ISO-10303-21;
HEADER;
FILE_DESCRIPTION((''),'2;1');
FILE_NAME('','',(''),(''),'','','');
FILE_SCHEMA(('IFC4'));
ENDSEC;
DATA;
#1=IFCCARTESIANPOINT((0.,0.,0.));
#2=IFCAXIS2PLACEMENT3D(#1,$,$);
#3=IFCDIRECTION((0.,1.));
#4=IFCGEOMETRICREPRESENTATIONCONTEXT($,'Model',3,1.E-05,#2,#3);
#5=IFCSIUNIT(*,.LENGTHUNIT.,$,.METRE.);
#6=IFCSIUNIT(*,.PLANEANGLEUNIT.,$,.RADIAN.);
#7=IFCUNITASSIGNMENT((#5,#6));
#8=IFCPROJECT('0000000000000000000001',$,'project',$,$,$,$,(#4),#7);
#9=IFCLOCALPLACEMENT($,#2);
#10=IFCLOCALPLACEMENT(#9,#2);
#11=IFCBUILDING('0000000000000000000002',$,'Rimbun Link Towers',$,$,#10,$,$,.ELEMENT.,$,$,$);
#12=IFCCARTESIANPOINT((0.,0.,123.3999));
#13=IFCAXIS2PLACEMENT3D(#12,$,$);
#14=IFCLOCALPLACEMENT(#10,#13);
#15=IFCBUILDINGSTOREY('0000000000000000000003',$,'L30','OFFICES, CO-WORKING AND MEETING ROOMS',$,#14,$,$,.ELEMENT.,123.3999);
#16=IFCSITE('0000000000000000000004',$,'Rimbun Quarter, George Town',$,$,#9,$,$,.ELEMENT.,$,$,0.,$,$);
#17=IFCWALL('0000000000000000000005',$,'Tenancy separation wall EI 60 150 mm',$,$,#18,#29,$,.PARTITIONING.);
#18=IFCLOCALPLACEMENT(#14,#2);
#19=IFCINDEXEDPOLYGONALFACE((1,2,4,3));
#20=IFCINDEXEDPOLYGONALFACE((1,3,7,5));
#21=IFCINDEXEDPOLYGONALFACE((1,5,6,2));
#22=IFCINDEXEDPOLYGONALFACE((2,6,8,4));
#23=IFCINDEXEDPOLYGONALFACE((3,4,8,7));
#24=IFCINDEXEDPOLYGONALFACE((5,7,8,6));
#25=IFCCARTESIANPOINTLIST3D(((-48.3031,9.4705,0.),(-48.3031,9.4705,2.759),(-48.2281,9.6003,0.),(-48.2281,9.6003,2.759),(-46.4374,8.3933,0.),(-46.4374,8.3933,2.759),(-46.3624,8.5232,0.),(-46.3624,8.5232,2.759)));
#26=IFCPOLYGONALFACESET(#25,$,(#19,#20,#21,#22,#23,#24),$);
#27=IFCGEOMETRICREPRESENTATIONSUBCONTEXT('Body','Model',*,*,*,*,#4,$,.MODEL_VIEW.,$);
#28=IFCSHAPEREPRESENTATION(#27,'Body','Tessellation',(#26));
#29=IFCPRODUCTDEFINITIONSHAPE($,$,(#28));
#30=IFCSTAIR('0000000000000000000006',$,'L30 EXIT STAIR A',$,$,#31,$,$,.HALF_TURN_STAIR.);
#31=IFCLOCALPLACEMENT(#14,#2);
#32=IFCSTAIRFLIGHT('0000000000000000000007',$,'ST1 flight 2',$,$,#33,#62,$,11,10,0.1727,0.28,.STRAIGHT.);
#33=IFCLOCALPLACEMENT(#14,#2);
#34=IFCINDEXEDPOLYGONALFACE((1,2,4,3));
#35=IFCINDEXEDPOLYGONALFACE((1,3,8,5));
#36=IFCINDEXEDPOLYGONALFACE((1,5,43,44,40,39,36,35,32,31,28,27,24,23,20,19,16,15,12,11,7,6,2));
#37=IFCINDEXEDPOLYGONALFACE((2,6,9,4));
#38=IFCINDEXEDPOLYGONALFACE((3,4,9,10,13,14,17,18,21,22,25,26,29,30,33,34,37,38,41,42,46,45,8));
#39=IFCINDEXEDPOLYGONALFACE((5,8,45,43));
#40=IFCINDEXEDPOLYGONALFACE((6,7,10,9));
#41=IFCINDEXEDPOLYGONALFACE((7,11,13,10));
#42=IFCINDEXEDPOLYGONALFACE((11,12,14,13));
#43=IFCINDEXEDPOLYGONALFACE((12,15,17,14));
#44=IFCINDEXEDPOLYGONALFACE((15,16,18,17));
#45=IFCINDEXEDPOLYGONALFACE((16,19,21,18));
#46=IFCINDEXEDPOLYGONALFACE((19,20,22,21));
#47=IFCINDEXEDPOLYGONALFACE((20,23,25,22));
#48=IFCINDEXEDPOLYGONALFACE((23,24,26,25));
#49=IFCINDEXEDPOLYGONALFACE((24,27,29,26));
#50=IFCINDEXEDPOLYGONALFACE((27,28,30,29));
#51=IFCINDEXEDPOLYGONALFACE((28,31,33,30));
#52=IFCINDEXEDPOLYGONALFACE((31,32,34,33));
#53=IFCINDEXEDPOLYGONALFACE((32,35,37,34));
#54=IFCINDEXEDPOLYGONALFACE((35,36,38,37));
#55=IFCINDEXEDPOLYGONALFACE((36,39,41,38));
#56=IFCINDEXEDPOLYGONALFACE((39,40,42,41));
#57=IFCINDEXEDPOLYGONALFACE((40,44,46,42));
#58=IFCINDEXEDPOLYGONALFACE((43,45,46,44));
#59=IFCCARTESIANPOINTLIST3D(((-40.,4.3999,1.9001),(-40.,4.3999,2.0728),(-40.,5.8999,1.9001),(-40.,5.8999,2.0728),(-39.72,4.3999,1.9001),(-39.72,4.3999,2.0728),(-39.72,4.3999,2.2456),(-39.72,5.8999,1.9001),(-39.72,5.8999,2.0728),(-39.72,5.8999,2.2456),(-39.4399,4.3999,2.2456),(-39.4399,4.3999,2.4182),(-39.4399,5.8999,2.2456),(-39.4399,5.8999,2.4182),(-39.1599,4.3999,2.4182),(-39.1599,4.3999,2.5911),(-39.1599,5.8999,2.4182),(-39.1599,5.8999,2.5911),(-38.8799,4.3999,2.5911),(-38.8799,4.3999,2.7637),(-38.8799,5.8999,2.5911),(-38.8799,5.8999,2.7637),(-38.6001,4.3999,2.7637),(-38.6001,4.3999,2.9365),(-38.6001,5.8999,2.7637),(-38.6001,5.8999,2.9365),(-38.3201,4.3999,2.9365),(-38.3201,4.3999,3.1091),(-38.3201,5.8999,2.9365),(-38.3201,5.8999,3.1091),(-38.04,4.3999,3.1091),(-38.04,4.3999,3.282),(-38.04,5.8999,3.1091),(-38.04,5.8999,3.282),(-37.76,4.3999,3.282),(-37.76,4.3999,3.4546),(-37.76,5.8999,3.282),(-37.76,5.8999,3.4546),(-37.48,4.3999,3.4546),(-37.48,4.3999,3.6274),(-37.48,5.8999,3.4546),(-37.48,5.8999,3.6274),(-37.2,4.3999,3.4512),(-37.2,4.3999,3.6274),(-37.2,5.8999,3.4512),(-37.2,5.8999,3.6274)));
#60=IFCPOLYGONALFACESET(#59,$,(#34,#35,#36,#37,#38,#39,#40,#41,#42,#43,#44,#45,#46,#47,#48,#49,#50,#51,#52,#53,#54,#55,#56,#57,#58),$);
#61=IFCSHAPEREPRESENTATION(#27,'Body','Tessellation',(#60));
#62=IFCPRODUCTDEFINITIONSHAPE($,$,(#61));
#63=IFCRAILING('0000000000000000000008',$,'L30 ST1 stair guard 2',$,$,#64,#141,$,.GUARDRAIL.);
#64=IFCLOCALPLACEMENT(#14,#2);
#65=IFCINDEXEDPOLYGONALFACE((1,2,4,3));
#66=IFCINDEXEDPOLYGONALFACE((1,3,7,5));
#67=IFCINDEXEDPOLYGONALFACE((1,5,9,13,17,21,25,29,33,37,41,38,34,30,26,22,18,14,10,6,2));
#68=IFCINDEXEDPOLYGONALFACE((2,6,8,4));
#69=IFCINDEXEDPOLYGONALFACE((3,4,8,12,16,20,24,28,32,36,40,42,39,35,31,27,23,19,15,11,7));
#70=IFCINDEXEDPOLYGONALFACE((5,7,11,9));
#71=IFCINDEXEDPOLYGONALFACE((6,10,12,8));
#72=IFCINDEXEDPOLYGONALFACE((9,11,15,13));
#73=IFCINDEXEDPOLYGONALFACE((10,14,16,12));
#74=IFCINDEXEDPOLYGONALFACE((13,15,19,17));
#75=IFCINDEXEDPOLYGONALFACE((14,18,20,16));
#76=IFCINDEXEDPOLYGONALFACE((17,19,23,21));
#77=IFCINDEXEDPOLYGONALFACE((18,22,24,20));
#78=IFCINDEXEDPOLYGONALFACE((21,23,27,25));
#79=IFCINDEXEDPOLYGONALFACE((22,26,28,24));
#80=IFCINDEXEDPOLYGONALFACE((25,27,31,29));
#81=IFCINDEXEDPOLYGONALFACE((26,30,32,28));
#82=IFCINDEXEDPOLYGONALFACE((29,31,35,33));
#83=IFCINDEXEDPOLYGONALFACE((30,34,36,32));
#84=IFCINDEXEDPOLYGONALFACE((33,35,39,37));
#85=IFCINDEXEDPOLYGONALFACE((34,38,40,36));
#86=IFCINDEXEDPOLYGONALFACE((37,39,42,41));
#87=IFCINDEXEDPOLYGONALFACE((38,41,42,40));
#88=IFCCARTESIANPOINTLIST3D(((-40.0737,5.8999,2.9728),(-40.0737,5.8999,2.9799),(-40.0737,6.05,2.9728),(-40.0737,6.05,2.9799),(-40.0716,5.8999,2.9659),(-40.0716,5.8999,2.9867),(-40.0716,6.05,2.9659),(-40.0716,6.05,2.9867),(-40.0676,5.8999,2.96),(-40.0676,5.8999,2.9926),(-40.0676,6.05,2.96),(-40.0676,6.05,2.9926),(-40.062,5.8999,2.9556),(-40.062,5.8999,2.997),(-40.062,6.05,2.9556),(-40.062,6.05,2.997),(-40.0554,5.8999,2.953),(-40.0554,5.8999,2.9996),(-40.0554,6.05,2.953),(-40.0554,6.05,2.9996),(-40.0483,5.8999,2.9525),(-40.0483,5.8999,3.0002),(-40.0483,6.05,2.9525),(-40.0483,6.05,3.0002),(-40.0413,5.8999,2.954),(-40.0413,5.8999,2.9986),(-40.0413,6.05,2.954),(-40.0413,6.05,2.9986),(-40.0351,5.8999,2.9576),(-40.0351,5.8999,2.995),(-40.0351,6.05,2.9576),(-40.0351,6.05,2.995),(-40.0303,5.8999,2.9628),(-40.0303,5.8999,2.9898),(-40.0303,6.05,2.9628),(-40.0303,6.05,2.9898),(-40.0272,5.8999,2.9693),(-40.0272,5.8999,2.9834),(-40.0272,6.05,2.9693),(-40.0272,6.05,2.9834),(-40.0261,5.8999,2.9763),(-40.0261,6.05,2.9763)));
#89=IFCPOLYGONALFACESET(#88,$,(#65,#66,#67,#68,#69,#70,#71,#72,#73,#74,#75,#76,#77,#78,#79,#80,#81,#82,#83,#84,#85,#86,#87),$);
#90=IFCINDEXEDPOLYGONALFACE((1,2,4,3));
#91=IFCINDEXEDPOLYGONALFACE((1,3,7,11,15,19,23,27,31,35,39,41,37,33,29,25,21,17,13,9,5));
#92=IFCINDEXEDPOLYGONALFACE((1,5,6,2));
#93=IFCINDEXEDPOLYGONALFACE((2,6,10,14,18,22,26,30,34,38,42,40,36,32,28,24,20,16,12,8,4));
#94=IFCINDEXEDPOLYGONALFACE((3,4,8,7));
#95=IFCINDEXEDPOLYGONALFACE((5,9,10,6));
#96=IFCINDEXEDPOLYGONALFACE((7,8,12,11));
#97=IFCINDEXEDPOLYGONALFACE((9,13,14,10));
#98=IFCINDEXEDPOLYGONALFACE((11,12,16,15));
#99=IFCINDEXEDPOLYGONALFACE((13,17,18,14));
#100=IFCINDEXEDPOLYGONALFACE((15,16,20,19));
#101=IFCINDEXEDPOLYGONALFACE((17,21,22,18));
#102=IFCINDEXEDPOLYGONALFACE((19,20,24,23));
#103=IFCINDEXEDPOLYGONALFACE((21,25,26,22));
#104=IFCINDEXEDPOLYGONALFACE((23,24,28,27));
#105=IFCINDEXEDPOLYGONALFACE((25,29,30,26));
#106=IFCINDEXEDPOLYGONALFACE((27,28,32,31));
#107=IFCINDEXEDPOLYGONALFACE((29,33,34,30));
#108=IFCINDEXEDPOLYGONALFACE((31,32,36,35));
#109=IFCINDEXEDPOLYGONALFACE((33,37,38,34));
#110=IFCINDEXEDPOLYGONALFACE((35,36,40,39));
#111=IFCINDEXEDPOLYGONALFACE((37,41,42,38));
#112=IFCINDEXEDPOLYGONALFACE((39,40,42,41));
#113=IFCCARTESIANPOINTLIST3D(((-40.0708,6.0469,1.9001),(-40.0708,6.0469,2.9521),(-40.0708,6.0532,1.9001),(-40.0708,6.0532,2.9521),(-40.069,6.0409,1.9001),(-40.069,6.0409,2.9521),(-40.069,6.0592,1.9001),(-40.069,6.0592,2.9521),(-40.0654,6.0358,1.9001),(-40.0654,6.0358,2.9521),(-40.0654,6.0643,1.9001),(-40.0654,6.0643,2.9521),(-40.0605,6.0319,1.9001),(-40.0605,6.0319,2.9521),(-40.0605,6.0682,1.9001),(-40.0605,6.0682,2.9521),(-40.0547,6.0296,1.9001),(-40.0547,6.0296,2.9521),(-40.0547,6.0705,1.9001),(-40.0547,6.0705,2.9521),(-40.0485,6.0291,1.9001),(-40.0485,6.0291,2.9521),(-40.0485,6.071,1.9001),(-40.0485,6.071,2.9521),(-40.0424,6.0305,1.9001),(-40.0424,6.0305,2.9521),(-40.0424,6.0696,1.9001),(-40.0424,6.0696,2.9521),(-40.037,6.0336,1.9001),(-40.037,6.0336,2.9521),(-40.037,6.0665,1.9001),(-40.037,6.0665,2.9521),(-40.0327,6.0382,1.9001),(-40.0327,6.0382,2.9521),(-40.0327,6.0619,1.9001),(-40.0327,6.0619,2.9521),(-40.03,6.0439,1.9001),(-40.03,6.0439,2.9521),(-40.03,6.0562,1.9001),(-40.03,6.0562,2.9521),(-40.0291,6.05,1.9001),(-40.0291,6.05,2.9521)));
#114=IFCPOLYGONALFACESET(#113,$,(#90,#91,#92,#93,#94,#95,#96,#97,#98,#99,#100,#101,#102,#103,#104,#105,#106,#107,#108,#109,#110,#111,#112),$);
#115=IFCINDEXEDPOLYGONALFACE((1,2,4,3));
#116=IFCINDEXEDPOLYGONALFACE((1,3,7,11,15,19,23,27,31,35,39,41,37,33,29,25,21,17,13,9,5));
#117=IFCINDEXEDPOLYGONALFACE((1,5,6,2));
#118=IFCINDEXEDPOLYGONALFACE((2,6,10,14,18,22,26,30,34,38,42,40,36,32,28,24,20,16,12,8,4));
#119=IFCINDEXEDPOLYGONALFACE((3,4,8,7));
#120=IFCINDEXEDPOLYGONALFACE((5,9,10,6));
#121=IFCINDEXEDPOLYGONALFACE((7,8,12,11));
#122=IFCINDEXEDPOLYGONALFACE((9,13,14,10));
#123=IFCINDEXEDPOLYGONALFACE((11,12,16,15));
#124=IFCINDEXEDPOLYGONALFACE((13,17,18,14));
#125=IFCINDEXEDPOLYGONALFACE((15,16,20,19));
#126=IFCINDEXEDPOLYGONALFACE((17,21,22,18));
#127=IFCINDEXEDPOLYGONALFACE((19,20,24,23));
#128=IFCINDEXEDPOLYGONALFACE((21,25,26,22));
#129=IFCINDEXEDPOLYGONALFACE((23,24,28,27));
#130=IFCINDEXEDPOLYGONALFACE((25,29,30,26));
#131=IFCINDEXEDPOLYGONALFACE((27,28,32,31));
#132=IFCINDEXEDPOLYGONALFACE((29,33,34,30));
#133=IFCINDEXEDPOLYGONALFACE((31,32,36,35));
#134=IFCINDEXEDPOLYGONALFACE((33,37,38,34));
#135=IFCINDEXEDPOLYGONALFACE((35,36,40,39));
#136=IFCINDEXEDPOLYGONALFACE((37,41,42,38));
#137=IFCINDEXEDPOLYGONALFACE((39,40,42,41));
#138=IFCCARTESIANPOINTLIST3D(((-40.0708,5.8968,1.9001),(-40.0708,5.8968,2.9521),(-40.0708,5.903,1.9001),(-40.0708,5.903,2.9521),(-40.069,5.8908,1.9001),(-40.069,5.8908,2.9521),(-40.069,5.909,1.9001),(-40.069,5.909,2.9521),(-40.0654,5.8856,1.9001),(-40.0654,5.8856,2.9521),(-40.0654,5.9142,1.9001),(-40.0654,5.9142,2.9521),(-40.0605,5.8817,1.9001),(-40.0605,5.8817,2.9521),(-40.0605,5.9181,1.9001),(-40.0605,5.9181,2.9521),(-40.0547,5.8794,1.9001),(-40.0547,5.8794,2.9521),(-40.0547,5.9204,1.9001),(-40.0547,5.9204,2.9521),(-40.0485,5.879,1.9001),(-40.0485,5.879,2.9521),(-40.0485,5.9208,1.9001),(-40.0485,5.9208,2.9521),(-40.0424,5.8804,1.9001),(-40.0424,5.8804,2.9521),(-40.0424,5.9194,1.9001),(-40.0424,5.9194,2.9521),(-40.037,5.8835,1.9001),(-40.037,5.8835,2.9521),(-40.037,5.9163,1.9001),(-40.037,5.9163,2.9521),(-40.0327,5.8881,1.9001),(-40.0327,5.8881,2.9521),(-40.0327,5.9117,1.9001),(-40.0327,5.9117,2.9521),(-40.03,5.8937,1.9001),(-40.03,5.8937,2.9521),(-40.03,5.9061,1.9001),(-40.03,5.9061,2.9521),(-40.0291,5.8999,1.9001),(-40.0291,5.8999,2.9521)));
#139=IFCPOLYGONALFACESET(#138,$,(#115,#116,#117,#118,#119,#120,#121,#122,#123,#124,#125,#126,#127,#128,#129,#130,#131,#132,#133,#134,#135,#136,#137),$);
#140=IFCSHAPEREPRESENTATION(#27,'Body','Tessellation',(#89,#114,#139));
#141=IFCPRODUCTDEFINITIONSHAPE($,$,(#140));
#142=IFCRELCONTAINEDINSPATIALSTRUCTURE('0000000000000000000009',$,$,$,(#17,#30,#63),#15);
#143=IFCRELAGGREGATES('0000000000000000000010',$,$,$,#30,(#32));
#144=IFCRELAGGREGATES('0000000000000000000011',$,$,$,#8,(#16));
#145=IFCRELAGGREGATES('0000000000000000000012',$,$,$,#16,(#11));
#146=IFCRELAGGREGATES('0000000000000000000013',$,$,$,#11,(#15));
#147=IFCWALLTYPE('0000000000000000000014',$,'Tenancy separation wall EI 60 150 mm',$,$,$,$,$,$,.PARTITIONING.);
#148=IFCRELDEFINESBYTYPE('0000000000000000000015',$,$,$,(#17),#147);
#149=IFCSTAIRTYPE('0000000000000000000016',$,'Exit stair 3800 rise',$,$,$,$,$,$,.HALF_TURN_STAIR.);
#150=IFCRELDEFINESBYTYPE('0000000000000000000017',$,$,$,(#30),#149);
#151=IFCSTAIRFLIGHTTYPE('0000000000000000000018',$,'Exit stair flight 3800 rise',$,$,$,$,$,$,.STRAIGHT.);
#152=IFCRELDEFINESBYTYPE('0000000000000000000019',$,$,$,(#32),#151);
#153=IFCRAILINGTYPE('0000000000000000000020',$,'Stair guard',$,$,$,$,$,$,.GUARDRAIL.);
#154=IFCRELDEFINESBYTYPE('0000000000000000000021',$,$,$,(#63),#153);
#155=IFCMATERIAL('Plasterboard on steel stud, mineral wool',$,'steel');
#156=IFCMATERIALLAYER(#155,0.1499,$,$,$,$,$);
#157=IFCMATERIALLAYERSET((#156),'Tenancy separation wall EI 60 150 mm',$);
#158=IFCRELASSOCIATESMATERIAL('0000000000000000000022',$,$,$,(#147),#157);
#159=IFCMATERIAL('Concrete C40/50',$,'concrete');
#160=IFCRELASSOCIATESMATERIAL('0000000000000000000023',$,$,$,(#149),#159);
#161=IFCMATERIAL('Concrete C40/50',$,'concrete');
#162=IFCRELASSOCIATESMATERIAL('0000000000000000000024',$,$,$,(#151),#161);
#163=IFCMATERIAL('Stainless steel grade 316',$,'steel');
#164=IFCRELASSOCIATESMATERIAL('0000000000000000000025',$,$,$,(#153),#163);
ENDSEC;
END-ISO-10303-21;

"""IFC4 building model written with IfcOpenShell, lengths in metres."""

from ifc_helpers import new_model, si_unit, direction, frame, frame_2d, origin, origin_2d, place, context, subcontext, project, spatial, polyline, rectangle, circle, outline, extrude, material, layer, layer_set, type_object, element, aggregate, save


model = new_model("IFC4")

# Units and contexts
model_context = context("Model", 3, precision=1e-05, world=origin(), true_north=direction((0.0, 1.0)))
body_context = subcontext(model_context, "Body", "Model", "MODEL_VIEW")
ifc_project = project(units=[si_unit("LENGTHUNIT", "METRE"), si_unit("PLANEANGLEUNIT", "RADIAN")], contexts=[model_context])

# Site, building, storey
site_placement = place(None, origin())
site = spatial("IfcSite", under=ifc_project, at=site_placement, Name="Rimbun Quarter, George Town", CompositionType="ELEMENT", RefElevation=0.0)
building_placement = place(site_placement, origin())
building = spatial("IfcBuilding", under=site, at=building_placement, Name="Rimbun Link Towers", CompositionType="ELEMENT")
storey_placement = place(building_placement, frame((0.0, 0.0, 123.3999)))
storey = spatial("IfcBuildingStorey", under=building, at=storey_placement, Name="L30", Description="OFFICES, CO-WORKING AND MEETING ROOMS", CompositionType="ELEMENT", Elevation=123.3999)

# Wall
ifc_material_1 = material(Name="Plasterboard on steel stud, mineral wool", Category="steel")
ifc_layer_1 = layer(ifc_material_1, 0.1499)
ifc_layer_set_1 = layer_set([ifc_layer_1], Name="Tenancy separation wall EI 60 150 mm")
wall_type_1 = type_object("IfcWallType", Name="Tenancy separation wall EI 60 150 mm", PredefinedType="PARTITIONING", material=ifc_layer_set_1)
wall_1_placement = place(storey_placement, frame((-46.3999, 8.4583, 0.0), z_axis=(0.0, 0.0, 1.0), x_axis=(-0.866031, 0.499991, 0.0)))
element("IfcWall", 1, at=wall_1_placement, inside=storey, type_object=wall_type_1, Name="Tenancy separation wall EI 60 150 mm", PredefinedType="PARTITIONING", context=body_context, shape_type="SweptSolid", body=[
    extrude(rectangle(XDim=2.1543, YDim=0.1499, at=frame_2d((1.0771, 0.0))), origin(), (0.0, 0.0, 1.0), 2.759),
])

# Stair, stair flight
ifc_material_2 = material(Name="Concrete C40/50", Category="concrete")
stair_type = type_object("IfcStairType", Name="Exit stair 3800 rise", PredefinedType="HALF_TURN_STAIR", material=ifc_material_2)
stair_placement = place(storey_placement, origin())
stair = element("IfcStair", 2, at=stair_placement, inside=storey, type_object=stair_type, Name="L30 EXIT STAIR A", PredefinedType="HALF_TURN_STAIR")
ifc_material_3 = material(Name="Concrete C40/50", Category="concrete")
stair_flight_type = type_object("IfcStairFlightType", Name="Exit stair flight 3800 rise", PredefinedType="STRAIGHT", material=ifc_material_3)
stair_flight_placement = place(storey_placement, frame((-40.0, 5.1499, 1.9001), z_axis=(0.0, 0.0, 1.0), x_axis=(1.0, 0.0, 0.0)))
stair_flight = element("IfcStairFlight", 3, at=stair_flight_placement, type_object=stair_flight_type, Name="ST1 flight 2", NumberOfRisers=11, NumberOfTreads=10, PredefinedType="STRAIGHT", RiserHeight=0.1727, TreadLength=0.28, context=body_context, shape_type="SweptSolid", body=[
    extrude(outline(polyline([(0.0, 0.0), (0.0, 0.1726), (0.28, 0.1726), (0.28, 0.3455), (0.5601, 0.3455), (0.5601, 0.5181), (0.8401, 0.5181), (0.8401, 0.6909), (1.1201, 0.6909), (1.1201, 0.8635), (1.3999, 0.8635), (1.3999, 1.0364), (1.6799, 1.0364), (1.6799, 1.209), (1.96, 1.209), (1.96, 1.3818), (2.24, 1.3818), (2.24, 1.5544), (2.52, 1.5544), (2.52, 1.7273), (2.8, 1.7273), (2.8, 1.8999), (2.8, 1.551), (0.28, 0.0), (0.0, 0.0)])), frame((0.0, 0.75, 0.0), z_axis=(0.0, -1.0, 0.0), x_axis=(1.0, 0.0, 0.0)), (0.0, 0.0, 1.0), 1.5),
])
aggregate(stair, [stair_flight])

# Railing
ifc_material_4 = material(Name="Stainless steel grade 316", Category="steel")
railing_type_1 = type_object("IfcRailingType", Name="Stair guard", PredefinedType="GUARDRAIL", material=ifc_material_4)
railing_1_placement = place(storey_placement, frame((-40.05, 6.05, 1.9001)))
element("IfcRailing", 4, at=railing_1_placement, inside=storey, type_object=railing_type_1, Name="L30 ST1 stair guard 2", PredefinedType="GUARDRAIL", context=body_context, shape_type="SweptSolid", body=[
    extrude(circle(Radius=0.0239, at=origin_2d()), frame((0.0, 0.0, 1.0762), z_axis=(0.0, -1.0, 0.0), x_axis=(1.0, 0.0, 0.0)), (0.0, 0.0, 1.0), 0.1501),
    extrude(circle(Radius=0.021, at=origin_2d()), origin(), (0.0, 0.0, 1.0), 1.052),
    extrude(circle(Radius=0.021, at=origin_2d()), frame((0.0, -0.1501, 0.0)), (0.0, 0.0, 1.0), 1.052),
])

save(model, "model.ifc")
